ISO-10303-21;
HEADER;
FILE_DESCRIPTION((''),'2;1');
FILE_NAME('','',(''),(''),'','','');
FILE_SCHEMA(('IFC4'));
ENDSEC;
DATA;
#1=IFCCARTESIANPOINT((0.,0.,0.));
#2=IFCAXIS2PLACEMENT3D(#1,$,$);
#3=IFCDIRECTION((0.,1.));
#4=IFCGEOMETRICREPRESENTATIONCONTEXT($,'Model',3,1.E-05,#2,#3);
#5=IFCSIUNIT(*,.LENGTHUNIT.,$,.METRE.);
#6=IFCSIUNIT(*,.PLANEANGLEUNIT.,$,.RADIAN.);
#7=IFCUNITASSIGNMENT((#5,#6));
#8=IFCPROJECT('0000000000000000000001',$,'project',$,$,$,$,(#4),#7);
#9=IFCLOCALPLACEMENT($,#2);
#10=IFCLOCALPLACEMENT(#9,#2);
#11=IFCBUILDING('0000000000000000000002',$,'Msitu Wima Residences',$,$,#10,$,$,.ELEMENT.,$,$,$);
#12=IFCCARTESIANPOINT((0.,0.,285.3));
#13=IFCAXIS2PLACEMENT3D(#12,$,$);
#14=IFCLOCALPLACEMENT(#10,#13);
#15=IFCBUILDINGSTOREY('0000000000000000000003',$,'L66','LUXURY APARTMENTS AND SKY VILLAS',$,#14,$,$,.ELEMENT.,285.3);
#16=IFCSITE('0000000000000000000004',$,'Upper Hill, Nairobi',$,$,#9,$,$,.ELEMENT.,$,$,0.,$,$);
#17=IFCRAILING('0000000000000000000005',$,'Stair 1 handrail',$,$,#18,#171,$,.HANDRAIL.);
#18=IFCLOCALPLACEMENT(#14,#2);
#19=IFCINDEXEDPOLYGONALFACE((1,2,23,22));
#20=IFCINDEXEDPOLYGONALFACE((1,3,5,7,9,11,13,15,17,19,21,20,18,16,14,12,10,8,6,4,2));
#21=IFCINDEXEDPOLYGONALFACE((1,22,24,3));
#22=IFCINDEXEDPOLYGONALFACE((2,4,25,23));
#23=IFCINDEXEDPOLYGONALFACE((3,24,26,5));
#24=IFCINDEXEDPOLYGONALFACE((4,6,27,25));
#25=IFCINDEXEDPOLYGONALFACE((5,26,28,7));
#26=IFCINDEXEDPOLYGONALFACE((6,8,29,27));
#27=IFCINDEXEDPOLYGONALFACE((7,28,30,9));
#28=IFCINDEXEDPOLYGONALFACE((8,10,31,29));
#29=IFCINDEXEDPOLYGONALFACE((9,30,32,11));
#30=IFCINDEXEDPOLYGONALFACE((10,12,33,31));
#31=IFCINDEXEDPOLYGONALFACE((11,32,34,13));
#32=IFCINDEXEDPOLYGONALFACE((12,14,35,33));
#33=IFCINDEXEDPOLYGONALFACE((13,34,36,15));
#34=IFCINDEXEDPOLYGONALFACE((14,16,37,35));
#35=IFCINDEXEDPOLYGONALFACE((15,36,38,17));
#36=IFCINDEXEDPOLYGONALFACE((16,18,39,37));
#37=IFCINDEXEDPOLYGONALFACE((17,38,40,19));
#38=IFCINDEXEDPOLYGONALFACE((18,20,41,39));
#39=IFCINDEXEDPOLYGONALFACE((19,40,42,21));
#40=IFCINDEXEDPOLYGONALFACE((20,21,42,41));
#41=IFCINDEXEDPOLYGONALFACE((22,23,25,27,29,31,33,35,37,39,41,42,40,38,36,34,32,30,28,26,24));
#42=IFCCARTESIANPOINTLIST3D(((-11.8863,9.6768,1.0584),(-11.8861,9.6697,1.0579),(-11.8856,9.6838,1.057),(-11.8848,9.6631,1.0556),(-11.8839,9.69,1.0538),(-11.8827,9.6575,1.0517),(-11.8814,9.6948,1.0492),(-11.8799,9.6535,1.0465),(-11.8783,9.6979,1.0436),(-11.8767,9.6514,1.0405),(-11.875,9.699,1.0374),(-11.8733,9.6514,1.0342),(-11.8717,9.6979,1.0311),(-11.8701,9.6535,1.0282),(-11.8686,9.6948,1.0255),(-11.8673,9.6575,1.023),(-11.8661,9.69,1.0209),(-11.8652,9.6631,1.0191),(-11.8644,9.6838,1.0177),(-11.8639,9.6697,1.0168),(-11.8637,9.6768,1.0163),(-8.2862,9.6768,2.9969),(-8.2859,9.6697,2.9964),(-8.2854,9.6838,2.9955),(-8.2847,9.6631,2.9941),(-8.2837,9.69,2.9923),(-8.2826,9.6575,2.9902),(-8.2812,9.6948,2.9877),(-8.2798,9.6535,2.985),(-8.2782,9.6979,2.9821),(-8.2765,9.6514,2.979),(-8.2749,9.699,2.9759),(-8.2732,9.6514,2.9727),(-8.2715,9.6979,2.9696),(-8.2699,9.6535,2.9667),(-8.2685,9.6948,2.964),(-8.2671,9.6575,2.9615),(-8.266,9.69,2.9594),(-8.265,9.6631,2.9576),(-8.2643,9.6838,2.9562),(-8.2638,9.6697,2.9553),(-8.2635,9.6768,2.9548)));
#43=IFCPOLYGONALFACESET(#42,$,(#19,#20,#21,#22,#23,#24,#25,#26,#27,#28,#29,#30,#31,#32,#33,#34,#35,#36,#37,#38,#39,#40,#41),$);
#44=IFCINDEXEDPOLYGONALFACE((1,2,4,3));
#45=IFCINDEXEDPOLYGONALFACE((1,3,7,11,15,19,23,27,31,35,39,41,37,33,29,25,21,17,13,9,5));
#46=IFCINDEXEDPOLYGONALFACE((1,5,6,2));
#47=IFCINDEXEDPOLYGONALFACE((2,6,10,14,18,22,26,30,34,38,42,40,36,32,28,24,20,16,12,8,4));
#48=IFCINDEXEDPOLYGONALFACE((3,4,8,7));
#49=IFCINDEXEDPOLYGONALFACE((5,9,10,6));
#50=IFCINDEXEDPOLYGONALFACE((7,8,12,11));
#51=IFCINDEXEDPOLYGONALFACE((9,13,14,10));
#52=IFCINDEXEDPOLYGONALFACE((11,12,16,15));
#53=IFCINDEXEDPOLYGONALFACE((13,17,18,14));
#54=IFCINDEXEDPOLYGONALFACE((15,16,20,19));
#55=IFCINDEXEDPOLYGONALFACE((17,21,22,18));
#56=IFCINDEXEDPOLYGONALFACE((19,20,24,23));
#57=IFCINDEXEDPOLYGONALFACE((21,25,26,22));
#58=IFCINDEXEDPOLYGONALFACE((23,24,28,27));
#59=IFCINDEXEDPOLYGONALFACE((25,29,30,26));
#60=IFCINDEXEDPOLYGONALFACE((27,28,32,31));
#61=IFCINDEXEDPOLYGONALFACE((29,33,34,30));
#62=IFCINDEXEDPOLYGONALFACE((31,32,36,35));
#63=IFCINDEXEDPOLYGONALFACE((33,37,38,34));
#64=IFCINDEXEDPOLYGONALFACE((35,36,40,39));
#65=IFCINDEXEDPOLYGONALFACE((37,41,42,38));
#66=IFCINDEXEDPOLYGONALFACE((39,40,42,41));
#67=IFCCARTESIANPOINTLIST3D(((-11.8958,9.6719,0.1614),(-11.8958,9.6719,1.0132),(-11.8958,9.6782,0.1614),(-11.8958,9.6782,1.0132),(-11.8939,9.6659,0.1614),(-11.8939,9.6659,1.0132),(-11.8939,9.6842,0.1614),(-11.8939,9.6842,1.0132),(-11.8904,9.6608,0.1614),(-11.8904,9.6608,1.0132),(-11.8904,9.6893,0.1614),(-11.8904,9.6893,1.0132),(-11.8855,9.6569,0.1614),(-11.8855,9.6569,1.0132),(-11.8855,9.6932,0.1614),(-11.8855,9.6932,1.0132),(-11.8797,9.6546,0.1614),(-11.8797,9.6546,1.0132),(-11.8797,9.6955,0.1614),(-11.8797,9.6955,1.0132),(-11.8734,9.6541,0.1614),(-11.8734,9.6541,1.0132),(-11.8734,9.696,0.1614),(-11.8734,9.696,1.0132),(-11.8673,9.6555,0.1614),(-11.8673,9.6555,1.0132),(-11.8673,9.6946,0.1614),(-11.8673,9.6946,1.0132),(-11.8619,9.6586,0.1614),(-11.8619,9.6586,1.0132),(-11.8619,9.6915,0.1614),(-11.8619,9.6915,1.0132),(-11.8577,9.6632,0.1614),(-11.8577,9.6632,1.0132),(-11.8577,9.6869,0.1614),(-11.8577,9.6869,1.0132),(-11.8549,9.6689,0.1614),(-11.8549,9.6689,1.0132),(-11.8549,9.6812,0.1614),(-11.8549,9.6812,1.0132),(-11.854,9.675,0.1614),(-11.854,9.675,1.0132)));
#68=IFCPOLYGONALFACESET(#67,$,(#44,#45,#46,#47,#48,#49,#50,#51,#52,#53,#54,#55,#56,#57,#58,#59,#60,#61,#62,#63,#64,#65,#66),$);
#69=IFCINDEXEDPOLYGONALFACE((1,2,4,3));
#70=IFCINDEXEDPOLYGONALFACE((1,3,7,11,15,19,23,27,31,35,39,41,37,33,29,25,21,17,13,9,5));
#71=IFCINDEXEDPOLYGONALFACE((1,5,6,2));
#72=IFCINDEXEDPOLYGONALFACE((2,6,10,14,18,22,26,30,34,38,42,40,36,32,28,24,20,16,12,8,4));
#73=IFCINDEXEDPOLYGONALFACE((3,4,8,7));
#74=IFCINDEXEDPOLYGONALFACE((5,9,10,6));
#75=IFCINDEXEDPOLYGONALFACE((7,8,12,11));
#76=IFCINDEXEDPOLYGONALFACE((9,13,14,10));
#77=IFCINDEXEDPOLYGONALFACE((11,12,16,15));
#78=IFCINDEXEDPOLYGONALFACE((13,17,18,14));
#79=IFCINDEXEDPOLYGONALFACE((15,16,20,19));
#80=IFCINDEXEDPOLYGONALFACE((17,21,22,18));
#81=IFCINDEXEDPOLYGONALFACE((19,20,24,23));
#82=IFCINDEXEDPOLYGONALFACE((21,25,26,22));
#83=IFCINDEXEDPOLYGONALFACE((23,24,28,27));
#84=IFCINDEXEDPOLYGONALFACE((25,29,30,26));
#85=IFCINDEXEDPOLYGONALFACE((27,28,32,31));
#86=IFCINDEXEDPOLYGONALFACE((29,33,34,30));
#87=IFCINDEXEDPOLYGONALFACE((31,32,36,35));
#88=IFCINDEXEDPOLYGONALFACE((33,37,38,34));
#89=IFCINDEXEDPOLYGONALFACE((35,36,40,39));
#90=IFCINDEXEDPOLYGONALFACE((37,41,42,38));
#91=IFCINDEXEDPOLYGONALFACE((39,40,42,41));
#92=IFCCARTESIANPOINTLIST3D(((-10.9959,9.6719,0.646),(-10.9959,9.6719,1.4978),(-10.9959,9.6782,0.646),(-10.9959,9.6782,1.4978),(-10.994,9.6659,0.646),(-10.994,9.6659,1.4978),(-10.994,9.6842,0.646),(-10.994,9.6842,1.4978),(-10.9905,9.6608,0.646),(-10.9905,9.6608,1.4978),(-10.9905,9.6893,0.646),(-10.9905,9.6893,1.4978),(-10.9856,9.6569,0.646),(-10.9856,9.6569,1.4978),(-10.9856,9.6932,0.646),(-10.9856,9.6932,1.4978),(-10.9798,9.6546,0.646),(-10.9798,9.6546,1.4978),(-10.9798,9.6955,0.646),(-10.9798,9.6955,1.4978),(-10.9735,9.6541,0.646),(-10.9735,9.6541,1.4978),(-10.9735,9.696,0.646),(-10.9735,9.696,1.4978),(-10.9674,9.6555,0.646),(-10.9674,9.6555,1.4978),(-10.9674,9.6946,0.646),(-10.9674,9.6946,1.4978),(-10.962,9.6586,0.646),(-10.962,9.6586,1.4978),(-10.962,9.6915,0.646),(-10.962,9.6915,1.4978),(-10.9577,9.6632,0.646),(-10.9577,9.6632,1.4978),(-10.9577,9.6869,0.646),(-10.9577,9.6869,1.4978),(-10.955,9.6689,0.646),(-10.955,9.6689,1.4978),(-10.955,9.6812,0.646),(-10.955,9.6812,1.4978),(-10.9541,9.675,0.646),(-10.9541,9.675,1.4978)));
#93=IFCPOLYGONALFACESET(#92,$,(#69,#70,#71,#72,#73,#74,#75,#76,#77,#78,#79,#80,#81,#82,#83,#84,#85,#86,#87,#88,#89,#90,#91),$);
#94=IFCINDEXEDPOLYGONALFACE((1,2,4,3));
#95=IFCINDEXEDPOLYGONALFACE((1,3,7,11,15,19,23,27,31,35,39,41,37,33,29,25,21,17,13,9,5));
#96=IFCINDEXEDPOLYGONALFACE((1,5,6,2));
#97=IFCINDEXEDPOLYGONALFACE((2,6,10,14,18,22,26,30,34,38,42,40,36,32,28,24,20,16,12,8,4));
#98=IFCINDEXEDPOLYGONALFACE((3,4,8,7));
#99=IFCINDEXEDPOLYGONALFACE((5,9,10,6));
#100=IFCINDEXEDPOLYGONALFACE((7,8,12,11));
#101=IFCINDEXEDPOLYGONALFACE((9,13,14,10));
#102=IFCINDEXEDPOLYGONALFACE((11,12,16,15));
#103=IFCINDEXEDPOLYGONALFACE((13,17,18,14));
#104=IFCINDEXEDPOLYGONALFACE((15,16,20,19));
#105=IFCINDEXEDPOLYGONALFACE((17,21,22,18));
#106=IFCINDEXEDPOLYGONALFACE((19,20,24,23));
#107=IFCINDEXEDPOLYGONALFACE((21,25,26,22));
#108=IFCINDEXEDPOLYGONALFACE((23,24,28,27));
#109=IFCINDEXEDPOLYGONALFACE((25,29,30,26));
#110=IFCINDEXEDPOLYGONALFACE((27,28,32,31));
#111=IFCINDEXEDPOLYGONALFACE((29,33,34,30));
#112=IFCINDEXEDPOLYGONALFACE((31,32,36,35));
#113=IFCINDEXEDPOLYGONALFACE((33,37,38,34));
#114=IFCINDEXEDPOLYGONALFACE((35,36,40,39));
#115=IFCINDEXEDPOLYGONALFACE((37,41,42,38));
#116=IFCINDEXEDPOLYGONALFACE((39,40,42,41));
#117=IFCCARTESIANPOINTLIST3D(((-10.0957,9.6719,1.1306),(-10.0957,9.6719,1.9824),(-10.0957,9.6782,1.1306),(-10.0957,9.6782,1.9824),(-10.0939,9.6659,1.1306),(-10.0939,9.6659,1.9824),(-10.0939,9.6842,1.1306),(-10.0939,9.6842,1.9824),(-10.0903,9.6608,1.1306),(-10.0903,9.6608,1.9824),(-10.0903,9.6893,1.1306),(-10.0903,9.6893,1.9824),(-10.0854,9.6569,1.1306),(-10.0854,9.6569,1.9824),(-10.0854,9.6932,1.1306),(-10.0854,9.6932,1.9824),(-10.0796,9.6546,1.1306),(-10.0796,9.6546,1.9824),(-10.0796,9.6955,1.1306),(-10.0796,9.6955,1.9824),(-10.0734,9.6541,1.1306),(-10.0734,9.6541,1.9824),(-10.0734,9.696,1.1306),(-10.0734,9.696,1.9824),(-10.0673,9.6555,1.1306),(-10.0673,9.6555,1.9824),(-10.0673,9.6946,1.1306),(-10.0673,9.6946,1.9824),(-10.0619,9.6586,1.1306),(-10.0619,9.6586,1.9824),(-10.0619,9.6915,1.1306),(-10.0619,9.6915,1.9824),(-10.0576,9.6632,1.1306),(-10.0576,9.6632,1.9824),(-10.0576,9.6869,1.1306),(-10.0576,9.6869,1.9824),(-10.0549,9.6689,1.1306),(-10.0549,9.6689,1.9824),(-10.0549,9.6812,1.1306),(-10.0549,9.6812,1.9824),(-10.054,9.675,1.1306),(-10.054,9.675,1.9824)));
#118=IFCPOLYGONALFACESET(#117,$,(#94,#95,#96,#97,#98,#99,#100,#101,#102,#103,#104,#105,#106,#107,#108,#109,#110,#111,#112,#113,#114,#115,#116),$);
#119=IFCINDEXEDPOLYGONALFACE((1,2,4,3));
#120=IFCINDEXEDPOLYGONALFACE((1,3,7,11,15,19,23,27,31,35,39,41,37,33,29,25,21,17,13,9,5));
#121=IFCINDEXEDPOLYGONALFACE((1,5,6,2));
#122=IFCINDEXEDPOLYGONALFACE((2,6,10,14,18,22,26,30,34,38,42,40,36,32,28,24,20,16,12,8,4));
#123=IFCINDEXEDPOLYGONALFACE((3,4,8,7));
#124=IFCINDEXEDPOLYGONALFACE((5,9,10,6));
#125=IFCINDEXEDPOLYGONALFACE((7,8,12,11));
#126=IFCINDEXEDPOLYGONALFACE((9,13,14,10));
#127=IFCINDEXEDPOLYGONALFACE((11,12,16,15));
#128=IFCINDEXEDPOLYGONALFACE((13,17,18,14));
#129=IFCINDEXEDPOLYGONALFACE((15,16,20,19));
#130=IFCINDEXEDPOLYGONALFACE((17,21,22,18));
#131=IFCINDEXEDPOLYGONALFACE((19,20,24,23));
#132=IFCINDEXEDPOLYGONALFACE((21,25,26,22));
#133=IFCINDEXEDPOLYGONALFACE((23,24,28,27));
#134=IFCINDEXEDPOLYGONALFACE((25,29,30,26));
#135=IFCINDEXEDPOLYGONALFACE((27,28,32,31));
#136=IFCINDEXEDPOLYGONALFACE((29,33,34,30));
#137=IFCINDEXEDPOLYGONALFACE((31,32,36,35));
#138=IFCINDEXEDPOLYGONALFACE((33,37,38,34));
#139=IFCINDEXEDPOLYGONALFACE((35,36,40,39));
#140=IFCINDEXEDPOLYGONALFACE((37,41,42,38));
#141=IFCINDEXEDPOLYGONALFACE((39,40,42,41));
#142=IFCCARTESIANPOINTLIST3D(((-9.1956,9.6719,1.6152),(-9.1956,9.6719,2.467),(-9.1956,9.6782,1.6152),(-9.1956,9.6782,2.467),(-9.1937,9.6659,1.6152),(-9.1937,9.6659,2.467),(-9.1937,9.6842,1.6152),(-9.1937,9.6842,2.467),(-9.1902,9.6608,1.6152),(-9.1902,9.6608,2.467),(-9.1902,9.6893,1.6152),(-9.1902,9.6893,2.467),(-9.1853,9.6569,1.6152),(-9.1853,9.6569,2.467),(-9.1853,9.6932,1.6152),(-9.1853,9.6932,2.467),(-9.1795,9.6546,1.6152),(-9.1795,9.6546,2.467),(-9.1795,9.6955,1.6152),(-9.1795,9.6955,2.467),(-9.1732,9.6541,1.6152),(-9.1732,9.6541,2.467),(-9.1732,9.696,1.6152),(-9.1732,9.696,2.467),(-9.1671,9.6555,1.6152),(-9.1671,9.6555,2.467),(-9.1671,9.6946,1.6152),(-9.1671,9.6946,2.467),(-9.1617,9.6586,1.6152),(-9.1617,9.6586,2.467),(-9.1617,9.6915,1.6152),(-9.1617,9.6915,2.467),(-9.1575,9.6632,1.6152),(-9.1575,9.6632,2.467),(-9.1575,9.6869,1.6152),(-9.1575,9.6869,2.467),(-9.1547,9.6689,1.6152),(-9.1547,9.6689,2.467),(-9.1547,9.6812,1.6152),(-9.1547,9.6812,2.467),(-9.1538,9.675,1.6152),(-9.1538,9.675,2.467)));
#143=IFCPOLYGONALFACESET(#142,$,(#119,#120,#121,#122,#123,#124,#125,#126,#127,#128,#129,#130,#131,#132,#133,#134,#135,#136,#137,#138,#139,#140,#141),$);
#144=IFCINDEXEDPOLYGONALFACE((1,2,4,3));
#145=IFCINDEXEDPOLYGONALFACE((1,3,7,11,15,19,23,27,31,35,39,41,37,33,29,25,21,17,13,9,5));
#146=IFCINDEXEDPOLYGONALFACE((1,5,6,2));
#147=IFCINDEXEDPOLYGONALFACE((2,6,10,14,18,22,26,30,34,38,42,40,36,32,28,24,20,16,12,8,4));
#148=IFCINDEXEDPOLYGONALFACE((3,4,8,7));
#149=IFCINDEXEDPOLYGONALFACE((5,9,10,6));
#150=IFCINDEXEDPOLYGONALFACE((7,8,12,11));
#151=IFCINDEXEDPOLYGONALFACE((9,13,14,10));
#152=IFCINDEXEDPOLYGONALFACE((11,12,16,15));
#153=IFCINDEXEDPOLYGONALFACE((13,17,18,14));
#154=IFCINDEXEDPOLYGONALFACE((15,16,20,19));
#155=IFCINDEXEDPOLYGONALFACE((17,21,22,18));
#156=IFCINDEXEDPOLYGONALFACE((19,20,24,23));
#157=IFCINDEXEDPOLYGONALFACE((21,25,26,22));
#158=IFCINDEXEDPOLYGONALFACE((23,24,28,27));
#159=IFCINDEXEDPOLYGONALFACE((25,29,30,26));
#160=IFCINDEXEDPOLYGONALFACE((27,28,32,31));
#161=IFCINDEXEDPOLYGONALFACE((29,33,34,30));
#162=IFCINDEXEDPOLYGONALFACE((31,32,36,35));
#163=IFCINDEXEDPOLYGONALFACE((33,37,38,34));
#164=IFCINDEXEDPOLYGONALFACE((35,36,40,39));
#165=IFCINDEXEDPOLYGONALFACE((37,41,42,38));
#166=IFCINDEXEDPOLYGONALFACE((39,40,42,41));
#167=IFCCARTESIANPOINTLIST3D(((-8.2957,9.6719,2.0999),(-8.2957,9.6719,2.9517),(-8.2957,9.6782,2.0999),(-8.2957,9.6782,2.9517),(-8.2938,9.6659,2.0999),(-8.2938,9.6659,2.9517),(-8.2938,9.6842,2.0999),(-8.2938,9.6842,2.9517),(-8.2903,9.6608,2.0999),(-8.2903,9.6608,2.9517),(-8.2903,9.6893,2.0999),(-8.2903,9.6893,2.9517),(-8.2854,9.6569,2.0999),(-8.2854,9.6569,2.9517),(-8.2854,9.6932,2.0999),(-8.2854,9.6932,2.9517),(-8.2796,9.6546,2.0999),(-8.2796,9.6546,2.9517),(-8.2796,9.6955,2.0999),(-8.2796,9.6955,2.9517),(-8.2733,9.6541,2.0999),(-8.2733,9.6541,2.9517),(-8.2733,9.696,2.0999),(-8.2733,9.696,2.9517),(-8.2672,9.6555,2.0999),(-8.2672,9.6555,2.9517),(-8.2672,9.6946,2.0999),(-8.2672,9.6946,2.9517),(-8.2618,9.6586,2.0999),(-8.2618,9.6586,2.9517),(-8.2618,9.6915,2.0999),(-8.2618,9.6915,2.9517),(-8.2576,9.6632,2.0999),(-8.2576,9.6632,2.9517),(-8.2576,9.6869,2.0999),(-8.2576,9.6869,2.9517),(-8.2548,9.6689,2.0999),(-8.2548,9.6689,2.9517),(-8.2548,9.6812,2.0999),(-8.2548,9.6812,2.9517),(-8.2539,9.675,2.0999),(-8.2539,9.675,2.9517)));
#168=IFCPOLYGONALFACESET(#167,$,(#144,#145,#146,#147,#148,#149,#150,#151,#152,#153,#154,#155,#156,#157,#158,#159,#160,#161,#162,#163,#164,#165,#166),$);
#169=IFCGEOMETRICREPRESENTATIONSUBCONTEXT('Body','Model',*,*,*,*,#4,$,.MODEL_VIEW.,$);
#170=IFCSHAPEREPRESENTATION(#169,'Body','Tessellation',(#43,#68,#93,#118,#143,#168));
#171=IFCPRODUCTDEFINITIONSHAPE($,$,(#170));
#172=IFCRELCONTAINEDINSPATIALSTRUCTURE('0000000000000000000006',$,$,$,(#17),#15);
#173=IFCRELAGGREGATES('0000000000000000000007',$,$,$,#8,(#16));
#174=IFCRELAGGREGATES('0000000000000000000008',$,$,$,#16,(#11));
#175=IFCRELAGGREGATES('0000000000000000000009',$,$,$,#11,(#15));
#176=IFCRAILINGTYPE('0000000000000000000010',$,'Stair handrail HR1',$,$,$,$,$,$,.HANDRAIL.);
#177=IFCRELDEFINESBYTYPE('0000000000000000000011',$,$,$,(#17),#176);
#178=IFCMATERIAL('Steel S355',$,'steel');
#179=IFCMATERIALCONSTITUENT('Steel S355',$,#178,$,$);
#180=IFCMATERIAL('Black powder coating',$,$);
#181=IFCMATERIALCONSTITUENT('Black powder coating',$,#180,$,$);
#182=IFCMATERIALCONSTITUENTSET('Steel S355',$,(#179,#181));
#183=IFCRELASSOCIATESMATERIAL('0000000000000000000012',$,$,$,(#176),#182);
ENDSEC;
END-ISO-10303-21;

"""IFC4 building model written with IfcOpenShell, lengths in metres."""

from ifc_helpers import new_model, si_unit, direction, frame, origin, origin_2d, place, context, subcontext, project, spatial, circle, extrude, material, constituent, constituent_set, type_object, element, save


model = new_model("IFC4")

# Units and contexts
model_context = context("Model", 3, precision=1e-05, world=origin(), true_north=direction((0.0, 1.0)))
body_context = subcontext(model_context, "Body", "Model", "MODEL_VIEW")
ifc_project = project(units=[si_unit("LENGTHUNIT", "METRE"), si_unit("PLANEANGLEUNIT", "RADIAN")], contexts=[model_context])

# Site, building, storey
site_placement = place(None, origin())
site = spatial("IfcSite", under=ifc_project, at=site_placement, Name="Upper Hill, Nairobi", CompositionType="ELEMENT", RefElevation=0.0)
building_placement = place(site_placement, origin())
building = spatial("IfcBuilding", under=site, at=building_placement, Name="Msitu Wima Residences", CompositionType="ELEMENT")
storey_placement = place(building_placement, frame((0.0, 0.0, 285.3)))
storey = spatial("IfcBuildingStorey", under=building, at=storey_placement, Name="L66", Description="LUXURY APARTMENTS AND SKY VILLAS", CompositionType="ELEMENT", Elevation=285.3)

# Railing
ifc_material_1 = material(Name="Steel S355", Category="steel")
ifc_constituent_1 = constituent(ifc_material_1, Name="Steel S355")
ifc_material_2 = material(Name="Black powder coating")
ifc_constituent_2 = constituent(ifc_material_2, Name="Black powder coating")
ifc_constituent_set = constituent_set(constituents=[ifc_constituent_1, ifc_constituent_2], Name="Steel S355")
railing_type = type_object("IfcRailingType", Name="Stair handrail HR1", PredefinedType="HANDRAIL", material=ifc_constituent_set)
for number, where, name in (
    (1, (-11.875, 9.675, 0.1614), "Stair 1 handrail"),
):
    element("IfcRailing", number, at=place(storey_placement, frame(where)), inside=storey, type_object=railing_type, Name=name, PredefinedType="HANDRAIL", context=body_context, shape_type="SweptSolid", body=[
        extrude(circle(Radius=0.0239, at=origin_2d()), frame((0.0, 0.0, 0.876), z_axis=(0.880475, 0.0, 0.474093), x_axis=(0.0, 1.0, 0.0)), (0.0, 0.0, 1.0), 4.0889),
        extrude(circle(Radius=0.021, at=origin_2d()), origin(), (0.0, 0.0, 1.0), 0.8518),
        extrude(circle(Radius=0.021, at=origin_2d()), frame((0.8999, 0.0, 0.4846)), (0.0, 0.0, 1.0), 0.8518),
        extrude(circle(Radius=0.021, at=origin_2d()), frame((1.8, 0.0, 0.9692)), (0.0, 0.0, 1.0), 0.8518),
        extrude(circle(Radius=0.021, at=origin_2d()), frame((2.7002, 0.0, 1.4539)), (0.0, 0.0, 1.0), 0.8518),
        extrude(circle(Radius=0.021, at=origin_2d()), frame((3.6001, 0.0, 1.9385)), (0.0, 0.0, 1.0), 0.8518),
    ])

save(model, "model.ifc")
